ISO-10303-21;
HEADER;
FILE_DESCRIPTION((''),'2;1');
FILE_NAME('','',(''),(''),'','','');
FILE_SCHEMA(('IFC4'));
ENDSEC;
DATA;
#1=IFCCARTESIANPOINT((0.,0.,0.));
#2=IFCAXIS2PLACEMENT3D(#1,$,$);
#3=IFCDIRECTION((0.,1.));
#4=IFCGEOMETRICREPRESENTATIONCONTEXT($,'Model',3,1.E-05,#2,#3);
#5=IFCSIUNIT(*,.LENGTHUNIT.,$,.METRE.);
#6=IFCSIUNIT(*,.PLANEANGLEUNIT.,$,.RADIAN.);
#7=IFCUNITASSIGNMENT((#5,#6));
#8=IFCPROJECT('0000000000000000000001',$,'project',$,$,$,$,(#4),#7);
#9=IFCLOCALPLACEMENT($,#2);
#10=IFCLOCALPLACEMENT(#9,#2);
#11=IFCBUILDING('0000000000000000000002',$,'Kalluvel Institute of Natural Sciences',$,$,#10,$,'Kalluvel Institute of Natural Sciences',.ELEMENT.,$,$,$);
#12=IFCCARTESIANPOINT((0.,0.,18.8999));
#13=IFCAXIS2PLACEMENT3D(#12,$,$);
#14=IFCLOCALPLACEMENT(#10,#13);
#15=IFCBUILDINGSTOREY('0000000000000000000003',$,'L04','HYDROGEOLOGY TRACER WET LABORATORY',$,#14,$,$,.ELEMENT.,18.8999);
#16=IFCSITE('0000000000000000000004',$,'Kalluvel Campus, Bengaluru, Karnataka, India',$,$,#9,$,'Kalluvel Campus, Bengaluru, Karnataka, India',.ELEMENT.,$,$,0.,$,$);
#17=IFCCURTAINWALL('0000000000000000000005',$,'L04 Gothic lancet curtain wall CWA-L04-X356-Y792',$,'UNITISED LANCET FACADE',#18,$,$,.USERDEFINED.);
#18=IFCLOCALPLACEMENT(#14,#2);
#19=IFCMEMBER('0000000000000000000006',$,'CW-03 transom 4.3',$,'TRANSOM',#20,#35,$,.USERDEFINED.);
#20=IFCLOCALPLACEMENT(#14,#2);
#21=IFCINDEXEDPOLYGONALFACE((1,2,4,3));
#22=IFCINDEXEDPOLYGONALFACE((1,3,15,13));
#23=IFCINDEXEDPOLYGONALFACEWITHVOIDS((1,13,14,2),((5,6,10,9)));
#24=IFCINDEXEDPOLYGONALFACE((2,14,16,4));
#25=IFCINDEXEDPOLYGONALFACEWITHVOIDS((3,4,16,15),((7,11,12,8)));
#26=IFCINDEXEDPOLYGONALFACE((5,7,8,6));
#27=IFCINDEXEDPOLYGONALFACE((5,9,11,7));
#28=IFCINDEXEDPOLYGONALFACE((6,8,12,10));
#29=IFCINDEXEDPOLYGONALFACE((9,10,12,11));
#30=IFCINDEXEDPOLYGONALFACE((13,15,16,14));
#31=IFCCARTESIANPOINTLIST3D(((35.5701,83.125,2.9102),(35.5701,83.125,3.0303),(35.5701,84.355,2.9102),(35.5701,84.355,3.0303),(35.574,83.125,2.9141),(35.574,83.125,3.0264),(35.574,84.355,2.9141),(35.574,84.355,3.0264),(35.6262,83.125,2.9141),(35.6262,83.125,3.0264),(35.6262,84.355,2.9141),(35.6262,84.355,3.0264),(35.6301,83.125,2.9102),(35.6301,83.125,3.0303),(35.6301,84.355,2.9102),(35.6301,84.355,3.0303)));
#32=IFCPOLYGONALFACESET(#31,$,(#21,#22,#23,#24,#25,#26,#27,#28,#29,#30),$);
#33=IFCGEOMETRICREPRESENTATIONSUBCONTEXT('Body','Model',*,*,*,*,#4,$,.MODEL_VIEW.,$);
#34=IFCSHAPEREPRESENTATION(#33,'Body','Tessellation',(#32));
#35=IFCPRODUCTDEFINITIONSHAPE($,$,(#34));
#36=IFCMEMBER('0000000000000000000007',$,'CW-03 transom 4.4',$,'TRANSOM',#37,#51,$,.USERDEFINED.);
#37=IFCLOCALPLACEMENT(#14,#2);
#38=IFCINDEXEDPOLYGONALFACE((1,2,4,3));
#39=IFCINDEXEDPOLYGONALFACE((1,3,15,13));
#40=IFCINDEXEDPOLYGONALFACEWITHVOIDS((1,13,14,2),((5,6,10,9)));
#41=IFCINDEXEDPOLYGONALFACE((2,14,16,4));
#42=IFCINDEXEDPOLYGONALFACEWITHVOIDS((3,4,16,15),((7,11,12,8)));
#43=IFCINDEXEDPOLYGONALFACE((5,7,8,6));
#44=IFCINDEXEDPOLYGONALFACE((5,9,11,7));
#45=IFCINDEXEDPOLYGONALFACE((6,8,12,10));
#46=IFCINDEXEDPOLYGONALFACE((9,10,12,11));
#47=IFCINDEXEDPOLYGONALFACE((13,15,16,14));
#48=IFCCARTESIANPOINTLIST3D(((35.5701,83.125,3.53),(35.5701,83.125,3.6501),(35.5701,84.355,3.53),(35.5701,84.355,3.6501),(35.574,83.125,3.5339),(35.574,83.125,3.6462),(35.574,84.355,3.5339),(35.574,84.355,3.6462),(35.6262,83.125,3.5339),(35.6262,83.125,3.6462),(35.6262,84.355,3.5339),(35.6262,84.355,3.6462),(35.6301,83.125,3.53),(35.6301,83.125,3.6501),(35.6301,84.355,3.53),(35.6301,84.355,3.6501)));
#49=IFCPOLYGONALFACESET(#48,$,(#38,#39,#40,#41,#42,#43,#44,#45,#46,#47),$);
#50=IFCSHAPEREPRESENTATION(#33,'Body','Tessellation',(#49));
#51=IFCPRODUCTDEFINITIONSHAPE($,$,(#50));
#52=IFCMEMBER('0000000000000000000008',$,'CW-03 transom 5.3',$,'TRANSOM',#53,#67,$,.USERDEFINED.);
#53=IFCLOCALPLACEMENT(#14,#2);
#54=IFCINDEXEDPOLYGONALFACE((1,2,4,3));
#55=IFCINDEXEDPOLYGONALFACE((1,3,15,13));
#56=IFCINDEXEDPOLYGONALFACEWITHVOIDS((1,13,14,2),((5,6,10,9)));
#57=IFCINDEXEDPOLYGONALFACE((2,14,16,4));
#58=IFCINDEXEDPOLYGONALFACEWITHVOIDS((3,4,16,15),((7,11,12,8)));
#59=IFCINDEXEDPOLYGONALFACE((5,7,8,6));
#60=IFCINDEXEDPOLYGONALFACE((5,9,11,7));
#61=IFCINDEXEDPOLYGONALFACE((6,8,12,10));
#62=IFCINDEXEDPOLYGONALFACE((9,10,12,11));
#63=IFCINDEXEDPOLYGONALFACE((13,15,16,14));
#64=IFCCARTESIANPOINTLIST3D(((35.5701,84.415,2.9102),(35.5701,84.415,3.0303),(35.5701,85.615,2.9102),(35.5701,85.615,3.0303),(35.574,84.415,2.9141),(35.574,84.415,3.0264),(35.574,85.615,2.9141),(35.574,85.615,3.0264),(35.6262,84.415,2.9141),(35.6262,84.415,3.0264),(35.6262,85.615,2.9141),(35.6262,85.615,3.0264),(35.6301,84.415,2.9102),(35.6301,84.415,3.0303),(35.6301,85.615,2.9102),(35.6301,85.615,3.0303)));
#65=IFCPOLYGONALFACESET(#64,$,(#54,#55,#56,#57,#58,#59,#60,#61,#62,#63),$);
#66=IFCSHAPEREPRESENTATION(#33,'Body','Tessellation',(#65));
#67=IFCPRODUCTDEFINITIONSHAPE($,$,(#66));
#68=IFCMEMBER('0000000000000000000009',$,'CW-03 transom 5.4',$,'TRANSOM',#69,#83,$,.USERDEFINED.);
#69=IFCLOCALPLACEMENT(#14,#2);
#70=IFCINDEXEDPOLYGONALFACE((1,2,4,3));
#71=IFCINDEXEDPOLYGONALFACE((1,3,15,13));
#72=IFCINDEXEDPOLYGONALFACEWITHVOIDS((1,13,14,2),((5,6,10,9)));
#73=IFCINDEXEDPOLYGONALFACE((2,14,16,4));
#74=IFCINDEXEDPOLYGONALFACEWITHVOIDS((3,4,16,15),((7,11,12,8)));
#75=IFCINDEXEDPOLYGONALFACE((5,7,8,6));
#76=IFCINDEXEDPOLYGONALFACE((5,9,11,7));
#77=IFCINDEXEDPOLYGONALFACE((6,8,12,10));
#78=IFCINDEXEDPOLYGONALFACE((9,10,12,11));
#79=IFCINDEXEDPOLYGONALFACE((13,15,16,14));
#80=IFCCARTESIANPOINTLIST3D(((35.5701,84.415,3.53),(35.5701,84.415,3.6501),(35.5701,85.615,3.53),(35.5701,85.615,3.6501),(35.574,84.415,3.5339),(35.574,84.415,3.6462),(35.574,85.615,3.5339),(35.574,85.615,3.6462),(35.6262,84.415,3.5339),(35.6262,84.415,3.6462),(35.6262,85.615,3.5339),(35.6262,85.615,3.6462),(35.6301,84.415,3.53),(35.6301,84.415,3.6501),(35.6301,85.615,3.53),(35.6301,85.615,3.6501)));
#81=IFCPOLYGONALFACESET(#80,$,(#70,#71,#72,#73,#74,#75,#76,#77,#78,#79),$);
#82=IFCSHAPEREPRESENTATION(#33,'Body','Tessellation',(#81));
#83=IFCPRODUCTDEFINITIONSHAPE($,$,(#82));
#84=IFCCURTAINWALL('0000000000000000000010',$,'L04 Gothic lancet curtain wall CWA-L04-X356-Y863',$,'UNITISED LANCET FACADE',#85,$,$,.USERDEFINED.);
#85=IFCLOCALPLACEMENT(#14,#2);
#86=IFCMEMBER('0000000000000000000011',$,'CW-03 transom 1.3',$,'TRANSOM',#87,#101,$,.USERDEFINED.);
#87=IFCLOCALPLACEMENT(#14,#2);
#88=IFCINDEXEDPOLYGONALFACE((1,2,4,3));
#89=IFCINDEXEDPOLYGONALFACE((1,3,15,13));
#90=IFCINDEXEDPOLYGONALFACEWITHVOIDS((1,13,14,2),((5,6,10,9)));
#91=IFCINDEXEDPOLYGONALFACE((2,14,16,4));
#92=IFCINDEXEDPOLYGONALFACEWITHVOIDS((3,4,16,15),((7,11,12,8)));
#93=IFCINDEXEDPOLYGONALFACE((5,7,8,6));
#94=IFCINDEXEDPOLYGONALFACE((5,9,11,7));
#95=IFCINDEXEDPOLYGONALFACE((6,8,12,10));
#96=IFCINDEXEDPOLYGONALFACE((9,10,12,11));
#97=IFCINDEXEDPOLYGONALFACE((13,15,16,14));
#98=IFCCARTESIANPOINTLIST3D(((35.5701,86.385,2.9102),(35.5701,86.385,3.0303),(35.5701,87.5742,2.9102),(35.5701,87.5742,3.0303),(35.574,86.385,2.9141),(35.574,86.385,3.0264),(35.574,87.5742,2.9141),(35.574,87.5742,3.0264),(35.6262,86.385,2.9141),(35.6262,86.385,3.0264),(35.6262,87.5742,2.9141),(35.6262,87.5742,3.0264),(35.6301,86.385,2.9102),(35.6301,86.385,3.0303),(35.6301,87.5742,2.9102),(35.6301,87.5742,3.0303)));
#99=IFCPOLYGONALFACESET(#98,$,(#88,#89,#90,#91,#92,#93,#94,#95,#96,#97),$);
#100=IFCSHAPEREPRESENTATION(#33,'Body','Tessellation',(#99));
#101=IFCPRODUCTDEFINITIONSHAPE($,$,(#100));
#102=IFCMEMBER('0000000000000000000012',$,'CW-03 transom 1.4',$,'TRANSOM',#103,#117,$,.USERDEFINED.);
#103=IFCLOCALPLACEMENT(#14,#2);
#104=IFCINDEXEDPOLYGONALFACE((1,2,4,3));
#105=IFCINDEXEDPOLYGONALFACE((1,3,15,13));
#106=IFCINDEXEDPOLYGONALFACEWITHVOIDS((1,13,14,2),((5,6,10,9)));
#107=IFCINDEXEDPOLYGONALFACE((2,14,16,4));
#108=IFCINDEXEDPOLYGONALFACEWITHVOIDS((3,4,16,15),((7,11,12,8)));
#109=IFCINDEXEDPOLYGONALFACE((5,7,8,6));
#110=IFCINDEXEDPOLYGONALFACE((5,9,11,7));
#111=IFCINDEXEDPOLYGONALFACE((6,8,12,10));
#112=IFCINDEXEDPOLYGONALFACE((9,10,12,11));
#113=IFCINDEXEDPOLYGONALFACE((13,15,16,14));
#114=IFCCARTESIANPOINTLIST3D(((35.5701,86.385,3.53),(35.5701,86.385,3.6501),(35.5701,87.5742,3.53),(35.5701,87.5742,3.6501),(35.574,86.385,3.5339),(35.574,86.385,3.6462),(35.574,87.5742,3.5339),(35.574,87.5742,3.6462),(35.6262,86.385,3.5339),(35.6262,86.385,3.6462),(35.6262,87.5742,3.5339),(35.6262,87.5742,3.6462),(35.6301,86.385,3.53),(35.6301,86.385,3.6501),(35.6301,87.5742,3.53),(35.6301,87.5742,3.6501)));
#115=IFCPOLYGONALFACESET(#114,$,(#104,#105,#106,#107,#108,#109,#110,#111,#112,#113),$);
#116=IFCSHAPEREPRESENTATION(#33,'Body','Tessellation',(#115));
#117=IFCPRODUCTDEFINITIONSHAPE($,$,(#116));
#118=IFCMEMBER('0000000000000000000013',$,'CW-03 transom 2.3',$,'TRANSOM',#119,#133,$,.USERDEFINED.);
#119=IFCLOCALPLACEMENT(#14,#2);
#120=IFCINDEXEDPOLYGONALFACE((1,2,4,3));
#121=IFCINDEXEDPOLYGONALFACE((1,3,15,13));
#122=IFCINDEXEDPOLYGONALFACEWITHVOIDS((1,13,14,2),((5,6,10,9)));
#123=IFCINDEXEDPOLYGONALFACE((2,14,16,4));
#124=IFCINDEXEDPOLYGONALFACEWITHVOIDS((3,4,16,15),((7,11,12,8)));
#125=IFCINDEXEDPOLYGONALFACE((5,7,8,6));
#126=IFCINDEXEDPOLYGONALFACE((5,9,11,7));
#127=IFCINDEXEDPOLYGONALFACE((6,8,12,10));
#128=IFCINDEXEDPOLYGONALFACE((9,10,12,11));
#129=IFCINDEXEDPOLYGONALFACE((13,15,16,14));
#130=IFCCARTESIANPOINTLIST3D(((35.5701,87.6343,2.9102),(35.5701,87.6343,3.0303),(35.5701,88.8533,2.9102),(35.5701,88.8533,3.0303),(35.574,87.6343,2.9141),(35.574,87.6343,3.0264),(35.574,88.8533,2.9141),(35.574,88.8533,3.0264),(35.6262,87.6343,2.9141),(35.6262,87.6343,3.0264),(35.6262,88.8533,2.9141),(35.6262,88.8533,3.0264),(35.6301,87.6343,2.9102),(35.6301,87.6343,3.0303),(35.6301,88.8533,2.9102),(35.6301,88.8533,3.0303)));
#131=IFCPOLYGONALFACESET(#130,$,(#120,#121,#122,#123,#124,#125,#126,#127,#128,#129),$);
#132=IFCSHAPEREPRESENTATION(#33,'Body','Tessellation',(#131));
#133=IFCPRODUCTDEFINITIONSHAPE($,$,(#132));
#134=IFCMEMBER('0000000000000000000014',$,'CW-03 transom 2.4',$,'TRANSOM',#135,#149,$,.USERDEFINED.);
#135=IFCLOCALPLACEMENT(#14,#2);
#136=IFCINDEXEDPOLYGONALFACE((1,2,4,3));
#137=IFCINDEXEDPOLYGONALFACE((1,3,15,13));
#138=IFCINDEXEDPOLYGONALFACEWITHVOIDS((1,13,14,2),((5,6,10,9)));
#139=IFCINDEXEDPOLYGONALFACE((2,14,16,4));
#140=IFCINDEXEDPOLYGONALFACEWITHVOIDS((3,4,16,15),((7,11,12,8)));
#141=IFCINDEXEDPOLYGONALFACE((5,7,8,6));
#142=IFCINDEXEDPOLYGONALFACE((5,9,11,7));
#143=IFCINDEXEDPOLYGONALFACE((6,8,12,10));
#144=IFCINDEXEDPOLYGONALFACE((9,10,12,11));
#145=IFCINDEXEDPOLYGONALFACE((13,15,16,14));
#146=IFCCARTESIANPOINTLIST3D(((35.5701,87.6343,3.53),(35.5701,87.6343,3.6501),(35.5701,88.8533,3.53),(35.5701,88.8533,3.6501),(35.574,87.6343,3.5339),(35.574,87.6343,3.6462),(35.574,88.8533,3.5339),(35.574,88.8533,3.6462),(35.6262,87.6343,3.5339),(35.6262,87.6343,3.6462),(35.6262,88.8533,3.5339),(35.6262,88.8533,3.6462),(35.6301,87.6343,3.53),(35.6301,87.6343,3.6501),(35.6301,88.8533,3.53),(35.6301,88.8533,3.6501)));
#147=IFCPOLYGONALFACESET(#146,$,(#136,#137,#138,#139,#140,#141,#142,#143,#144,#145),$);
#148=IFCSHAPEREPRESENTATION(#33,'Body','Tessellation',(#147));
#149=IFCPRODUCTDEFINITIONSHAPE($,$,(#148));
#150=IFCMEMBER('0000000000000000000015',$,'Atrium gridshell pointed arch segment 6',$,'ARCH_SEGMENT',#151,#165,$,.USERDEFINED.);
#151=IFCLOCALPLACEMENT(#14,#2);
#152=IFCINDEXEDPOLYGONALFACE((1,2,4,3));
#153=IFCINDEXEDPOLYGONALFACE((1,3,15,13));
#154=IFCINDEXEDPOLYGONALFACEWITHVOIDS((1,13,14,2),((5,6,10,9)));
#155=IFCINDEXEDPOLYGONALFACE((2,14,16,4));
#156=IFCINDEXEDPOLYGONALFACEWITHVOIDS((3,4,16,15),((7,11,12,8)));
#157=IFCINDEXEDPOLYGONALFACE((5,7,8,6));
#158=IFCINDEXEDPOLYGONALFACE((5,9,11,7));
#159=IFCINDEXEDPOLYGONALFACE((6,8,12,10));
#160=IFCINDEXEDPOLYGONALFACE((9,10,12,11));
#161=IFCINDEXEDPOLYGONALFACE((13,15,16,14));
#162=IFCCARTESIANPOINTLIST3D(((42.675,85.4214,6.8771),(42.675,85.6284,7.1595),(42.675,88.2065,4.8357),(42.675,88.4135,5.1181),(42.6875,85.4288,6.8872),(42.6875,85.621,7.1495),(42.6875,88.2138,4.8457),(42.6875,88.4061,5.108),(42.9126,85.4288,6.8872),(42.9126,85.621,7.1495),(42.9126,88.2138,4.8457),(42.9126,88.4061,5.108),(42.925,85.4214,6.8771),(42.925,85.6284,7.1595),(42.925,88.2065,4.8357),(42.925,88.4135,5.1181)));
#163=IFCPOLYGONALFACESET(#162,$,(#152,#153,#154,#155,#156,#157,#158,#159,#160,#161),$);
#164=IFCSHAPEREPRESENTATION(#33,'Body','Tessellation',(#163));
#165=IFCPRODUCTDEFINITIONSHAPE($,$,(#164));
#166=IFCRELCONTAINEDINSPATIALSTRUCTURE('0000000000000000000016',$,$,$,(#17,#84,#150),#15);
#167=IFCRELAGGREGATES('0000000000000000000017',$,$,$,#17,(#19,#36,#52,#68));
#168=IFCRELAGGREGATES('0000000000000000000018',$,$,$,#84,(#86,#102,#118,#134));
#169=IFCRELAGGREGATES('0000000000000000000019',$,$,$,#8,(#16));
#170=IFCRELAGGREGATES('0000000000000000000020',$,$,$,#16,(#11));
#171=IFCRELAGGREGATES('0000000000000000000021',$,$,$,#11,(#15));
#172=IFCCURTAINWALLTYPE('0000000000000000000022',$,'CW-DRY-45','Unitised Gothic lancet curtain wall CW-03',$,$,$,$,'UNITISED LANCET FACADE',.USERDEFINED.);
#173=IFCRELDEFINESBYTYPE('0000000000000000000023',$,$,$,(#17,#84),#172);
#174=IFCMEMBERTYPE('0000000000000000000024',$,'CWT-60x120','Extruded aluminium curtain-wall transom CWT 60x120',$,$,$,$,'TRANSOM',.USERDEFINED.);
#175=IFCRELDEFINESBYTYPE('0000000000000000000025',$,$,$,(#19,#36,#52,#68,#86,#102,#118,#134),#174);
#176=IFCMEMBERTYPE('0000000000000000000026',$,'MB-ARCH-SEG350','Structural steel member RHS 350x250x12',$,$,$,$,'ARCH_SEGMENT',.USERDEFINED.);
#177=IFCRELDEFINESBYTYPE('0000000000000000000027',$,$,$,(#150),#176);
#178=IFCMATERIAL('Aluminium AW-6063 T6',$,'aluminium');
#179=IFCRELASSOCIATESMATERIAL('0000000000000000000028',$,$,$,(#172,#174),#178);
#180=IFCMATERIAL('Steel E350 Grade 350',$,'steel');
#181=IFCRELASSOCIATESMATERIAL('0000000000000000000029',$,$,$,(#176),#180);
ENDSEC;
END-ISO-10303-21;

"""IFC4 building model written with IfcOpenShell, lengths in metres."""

from ifc_helpers import new_model, si_unit, direction, frame, origin, origin_2d, place, context, subcontext, project, spatial, hollow_rectangle, extrude, material, material_profile, profile_set, type_object, element, aggregate, save


model = new_model("IFC4")

# Units and contexts
model_context = context("Model", 3, precision=1e-05, world=origin(), true_north=direction((0.0, 1.0)))
body_context = subcontext(model_context, "Body", "Model", "MODEL_VIEW")
ifc_project = project(units=[si_unit("LENGTHUNIT", "METRE"), si_unit("PLANEANGLEUNIT", "RADIAN")], contexts=[model_context])

# Site, building, storey
site_placement = place(None, origin())
site = spatial("IfcSite", under=ifc_project, at=site_placement, Name="Kalluvel Campus, Bengaluru, Karnataka, India", LongName="Kalluvel Campus, Bengaluru, Karnataka, India", CompositionType="ELEMENT", RefElevation=0.0)
building_placement = place(site_placement, origin())
building = spatial("IfcBuilding", under=site, at=building_placement, Name="Kalluvel Institute of Natural Sciences", LongName="Kalluvel Institute of Natural Sciences", CompositionType="ELEMENT")
storey_placement = place(building_placement, frame((0.0, 0.0, 18.8999)))
storey = spatial("IfcBuildingStorey", under=building, at=storey_placement, Name="L04", Description="HYDROGEOLOGY TRACER WET LABORATORY", CompositionType="ELEMENT", Elevation=18.8999)

# Curtain walls, members
ifc_material_1 = material(Name="Aluminium AW-6063 T6", Category="aluminium")
curtain_wall_type = type_object("IfcCurtainWallType", Name="CW-DRY-45", Description="Unitised Gothic lancet curtain wall CW-03", ElementType="UNITISED LANCET FACADE", PredefinedType="USERDEFINED", material=ifc_material_1)
curtain_wall_1_placement = place(storey_placement, origin())
curtain_wall_1 = element("IfcCurtainWall", 1, at=curtain_wall_1_placement, inside=storey, type_object=curtain_wall_type, Name="L04 Gothic lancet curtain wall CWA-L04-X356-Y792", ObjectType="UNITISED LANCET FACADE", PredefinedType="USERDEFINED")
ifc_material_profile_1 = material_profile(ifc_material_1, hollow_rectangle(XDim=0.0601, YDim=0.1201, WallThickness=0.0039, at=origin_2d()), Name="CWT 60x120")
ifc_profile_set_1 = profile_set([ifc_material_profile_1], Name="Aluminium AW-6063 T6")
member_type_1 = type_object("IfcMemberType", Name="CWT-60x120", Description="Extruded aluminium curtain-wall transom CWT 60x120", ElementType="TRANSOM", PredefinedType="USERDEFINED", material=ifc_profile_set_1)
member_1_placement = place(storey_placement, frame((35.6001, 83.125, 2.9702), z_axis=(0.0, 1.0, 0.0), x_axis=(-1.0, 0.0, 0.0)))
member_1 = element("IfcMember", 2, at=member_1_placement, type_object=member_type_1, Name="CW-03 transom 4.3", ObjectType="TRANSOM", PredefinedType="USERDEFINED", context=body_context, shape_type="SweptSolid", body=[
    extrude(hollow_rectangle(XDim=0.0601, YDim=0.1201, WallThickness=0.0039, at=origin_2d()), origin(), (0.0, 0.0, 1.0), 1.23),
])
member_2_placement = place(storey_placement, frame((35.6001, 83.125, 3.5901), z_axis=(0.0, 1.0, 0.0), x_axis=(-1.0, 0.0, 0.0)))
member_2 = element("IfcMember", 3, at=member_2_placement, type_object=member_type_1, Name="CW-03 transom 4.4", ObjectType="TRANSOM", PredefinedType="USERDEFINED", context=body_context, shape_type="SweptSolid", body=[
    extrude(hollow_rectangle(XDim=0.0601, YDim=0.1201, WallThickness=0.0039, at=origin_2d()), origin(), (0.0, 0.0, 1.0), 1.23),
])
member_3_placement = place(storey_placement, frame((35.6001, 84.415, 2.9702), z_axis=(0.0, 1.0, 0.0), x_axis=(-1.0, 0.0, 0.0)))
member_3 = element("IfcMember", 4, at=member_3_placement, type_object=member_type_1, Name="CW-03 transom 5.3", ObjectType="TRANSOM", PredefinedType="USERDEFINED", context=body_context, shape_type="SweptSolid", body=[
    extrude(hollow_rectangle(XDim=0.0601, YDim=0.1201, WallThickness=0.0039, at=origin_2d()), origin(), (0.0, 0.0, 1.0), 1.2),
])
member_4_placement = place(storey_placement, frame((35.6001, 84.415, 3.5901), z_axis=(0.0, 1.0, 0.0), x_axis=(-1.0, 0.0, 0.0)))
member_4 = element("IfcMember", 5, at=member_4_placement, type_object=member_type_1, Name="CW-03 transom 5.4", ObjectType="TRANSOM", PredefinedType="USERDEFINED", context=body_context, shape_type="SweptSolid", body=[
    extrude(hollow_rectangle(XDim=0.0601, YDim=0.1201, WallThickness=0.0039, at=origin_2d()), origin(), (0.0, 0.0, 1.0), 1.2),
])
curtain_wall_2_placement = place(storey_placement, origin())
curtain_wall_2 = element("IfcCurtainWall", 6, at=curtain_wall_2_placement, inside=storey, type_object=curtain_wall_type, Name="L04 Gothic lancet curtain wall CWA-L04-X356-Y863", ObjectType="UNITISED LANCET FACADE", PredefinedType="USERDEFINED")
member_5_placement = place(storey_placement, frame((35.6001, 86.385, 2.9702), z_axis=(0.0, 1.0, 0.0), x_axis=(-1.0, 0.0, 0.0)))
member_5 = element("IfcMember", 7, at=member_5_placement, type_object=member_type_1, Name="CW-03 transom 1.3", ObjectType="TRANSOM", PredefinedType="USERDEFINED", context=body_context, shape_type="SweptSolid", body=[
    extrude(hollow_rectangle(XDim=0.0601, YDim=0.1201, WallThickness=0.0039, at=origin_2d()), origin(), (0.0, 0.0, 1.0), 1.1892),
])
member_6_placement = place(storey_placement, frame((35.6001, 86.385, 3.5901), z_axis=(0.0, 1.0, 0.0), x_axis=(-1.0, 0.0, 0.0)))
member_6 = element("IfcMember", 8, at=member_6_placement, type_object=member_type_1, Name="CW-03 transom 1.4", ObjectType="TRANSOM", PredefinedType="USERDEFINED", context=body_context, shape_type="SweptSolid", body=[
    extrude(hollow_rectangle(XDim=0.0601, YDim=0.1201, WallThickness=0.0039, at=origin_2d()), origin(), (0.0, 0.0, 1.0), 1.1892),
])
member_7_placement = place(storey_placement, frame((35.6001, 87.6343, 2.9702), z_axis=(0.0, 1.0, 0.0), x_axis=(-1.0, 0.0, 0.0)))
member_7 = element("IfcMember", 9, at=member_7_placement, type_object=member_type_1, Name="CW-03 transom 2.3", ObjectType="TRANSOM", PredefinedType="USERDEFINED", context=body_context, shape_type="SweptSolid", body=[
    extrude(hollow_rectangle(XDim=0.0601, YDim=0.1201, WallThickness=0.0039, at=origin_2d()), origin(), (0.0, 0.0, 1.0), 1.219),
])
member_8_placement = place(storey_placement, frame((35.6001, 87.6343, 3.5901), z_axis=(0.0, 1.0, 0.0), x_axis=(-1.0, 0.0, 0.0)))
member_8 = element("IfcMember", 10, at=member_8_placement, type_object=member_type_1, Name="CW-03 transom 2.4", ObjectType="TRANSOM", PredefinedType="USERDEFINED", context=body_context, shape_type="SweptSolid", body=[
    extrude(hollow_rectangle(XDim=0.0601, YDim=0.1201, WallThickness=0.0039, at=origin_2d()), origin(), (0.0, 0.0, 1.0), 1.219),
])

# Member
ifc_material_2 = material(Name="Steel E350 Grade 350", Category="steel")
ifc_material_profile_2 = material_profile(ifc_material_2, hollow_rectangle(XDim=0.25, YDim=0.3501, WallThickness=0.0125, at=origin_2d()), Name="RHS 350x250x12")
ifc_profile_set_2 = profile_set([ifc_material_profile_2], Name="Steel E350 Grade 350")
member_type_2 = type_object("IfcMemberType", Name="MB-ARCH-SEG350", Description="Structural steel member RHS 350x250x12", ElementType="ARCH_SEGMENT", PredefinedType="USERDEFINED", material=ifc_profile_set_2)
member_9_placement = place(storey_placement, frame((42.8, 85.5249, 7.0183), z_axis=(0.0, 0.806535, -0.591186), x_axis=(-1.0, 0.0, 0.0)))
element("IfcMember", 11, at=member_9_placement, inside=storey, type_object=member_type_2, Name="Atrium gridshell pointed arch segment 6", ObjectType="ARCH_SEGMENT", PredefinedType="USERDEFINED", context=body_context, shape_type="SweptSolid", body=[
    extrude(hollow_rectangle(XDim=0.25, YDim=0.3501, WallThickness=0.0125, at=origin_2d()), origin(), (0.0, 0.0, 1.0), 3.4531),
])

aggregate(curtain_wall_1, [member_1, member_2, member_3, member_4])
aggregate(curtain_wall_2, [member_5, member_6, member_7, member_8])

save(model, "model.ifc")
